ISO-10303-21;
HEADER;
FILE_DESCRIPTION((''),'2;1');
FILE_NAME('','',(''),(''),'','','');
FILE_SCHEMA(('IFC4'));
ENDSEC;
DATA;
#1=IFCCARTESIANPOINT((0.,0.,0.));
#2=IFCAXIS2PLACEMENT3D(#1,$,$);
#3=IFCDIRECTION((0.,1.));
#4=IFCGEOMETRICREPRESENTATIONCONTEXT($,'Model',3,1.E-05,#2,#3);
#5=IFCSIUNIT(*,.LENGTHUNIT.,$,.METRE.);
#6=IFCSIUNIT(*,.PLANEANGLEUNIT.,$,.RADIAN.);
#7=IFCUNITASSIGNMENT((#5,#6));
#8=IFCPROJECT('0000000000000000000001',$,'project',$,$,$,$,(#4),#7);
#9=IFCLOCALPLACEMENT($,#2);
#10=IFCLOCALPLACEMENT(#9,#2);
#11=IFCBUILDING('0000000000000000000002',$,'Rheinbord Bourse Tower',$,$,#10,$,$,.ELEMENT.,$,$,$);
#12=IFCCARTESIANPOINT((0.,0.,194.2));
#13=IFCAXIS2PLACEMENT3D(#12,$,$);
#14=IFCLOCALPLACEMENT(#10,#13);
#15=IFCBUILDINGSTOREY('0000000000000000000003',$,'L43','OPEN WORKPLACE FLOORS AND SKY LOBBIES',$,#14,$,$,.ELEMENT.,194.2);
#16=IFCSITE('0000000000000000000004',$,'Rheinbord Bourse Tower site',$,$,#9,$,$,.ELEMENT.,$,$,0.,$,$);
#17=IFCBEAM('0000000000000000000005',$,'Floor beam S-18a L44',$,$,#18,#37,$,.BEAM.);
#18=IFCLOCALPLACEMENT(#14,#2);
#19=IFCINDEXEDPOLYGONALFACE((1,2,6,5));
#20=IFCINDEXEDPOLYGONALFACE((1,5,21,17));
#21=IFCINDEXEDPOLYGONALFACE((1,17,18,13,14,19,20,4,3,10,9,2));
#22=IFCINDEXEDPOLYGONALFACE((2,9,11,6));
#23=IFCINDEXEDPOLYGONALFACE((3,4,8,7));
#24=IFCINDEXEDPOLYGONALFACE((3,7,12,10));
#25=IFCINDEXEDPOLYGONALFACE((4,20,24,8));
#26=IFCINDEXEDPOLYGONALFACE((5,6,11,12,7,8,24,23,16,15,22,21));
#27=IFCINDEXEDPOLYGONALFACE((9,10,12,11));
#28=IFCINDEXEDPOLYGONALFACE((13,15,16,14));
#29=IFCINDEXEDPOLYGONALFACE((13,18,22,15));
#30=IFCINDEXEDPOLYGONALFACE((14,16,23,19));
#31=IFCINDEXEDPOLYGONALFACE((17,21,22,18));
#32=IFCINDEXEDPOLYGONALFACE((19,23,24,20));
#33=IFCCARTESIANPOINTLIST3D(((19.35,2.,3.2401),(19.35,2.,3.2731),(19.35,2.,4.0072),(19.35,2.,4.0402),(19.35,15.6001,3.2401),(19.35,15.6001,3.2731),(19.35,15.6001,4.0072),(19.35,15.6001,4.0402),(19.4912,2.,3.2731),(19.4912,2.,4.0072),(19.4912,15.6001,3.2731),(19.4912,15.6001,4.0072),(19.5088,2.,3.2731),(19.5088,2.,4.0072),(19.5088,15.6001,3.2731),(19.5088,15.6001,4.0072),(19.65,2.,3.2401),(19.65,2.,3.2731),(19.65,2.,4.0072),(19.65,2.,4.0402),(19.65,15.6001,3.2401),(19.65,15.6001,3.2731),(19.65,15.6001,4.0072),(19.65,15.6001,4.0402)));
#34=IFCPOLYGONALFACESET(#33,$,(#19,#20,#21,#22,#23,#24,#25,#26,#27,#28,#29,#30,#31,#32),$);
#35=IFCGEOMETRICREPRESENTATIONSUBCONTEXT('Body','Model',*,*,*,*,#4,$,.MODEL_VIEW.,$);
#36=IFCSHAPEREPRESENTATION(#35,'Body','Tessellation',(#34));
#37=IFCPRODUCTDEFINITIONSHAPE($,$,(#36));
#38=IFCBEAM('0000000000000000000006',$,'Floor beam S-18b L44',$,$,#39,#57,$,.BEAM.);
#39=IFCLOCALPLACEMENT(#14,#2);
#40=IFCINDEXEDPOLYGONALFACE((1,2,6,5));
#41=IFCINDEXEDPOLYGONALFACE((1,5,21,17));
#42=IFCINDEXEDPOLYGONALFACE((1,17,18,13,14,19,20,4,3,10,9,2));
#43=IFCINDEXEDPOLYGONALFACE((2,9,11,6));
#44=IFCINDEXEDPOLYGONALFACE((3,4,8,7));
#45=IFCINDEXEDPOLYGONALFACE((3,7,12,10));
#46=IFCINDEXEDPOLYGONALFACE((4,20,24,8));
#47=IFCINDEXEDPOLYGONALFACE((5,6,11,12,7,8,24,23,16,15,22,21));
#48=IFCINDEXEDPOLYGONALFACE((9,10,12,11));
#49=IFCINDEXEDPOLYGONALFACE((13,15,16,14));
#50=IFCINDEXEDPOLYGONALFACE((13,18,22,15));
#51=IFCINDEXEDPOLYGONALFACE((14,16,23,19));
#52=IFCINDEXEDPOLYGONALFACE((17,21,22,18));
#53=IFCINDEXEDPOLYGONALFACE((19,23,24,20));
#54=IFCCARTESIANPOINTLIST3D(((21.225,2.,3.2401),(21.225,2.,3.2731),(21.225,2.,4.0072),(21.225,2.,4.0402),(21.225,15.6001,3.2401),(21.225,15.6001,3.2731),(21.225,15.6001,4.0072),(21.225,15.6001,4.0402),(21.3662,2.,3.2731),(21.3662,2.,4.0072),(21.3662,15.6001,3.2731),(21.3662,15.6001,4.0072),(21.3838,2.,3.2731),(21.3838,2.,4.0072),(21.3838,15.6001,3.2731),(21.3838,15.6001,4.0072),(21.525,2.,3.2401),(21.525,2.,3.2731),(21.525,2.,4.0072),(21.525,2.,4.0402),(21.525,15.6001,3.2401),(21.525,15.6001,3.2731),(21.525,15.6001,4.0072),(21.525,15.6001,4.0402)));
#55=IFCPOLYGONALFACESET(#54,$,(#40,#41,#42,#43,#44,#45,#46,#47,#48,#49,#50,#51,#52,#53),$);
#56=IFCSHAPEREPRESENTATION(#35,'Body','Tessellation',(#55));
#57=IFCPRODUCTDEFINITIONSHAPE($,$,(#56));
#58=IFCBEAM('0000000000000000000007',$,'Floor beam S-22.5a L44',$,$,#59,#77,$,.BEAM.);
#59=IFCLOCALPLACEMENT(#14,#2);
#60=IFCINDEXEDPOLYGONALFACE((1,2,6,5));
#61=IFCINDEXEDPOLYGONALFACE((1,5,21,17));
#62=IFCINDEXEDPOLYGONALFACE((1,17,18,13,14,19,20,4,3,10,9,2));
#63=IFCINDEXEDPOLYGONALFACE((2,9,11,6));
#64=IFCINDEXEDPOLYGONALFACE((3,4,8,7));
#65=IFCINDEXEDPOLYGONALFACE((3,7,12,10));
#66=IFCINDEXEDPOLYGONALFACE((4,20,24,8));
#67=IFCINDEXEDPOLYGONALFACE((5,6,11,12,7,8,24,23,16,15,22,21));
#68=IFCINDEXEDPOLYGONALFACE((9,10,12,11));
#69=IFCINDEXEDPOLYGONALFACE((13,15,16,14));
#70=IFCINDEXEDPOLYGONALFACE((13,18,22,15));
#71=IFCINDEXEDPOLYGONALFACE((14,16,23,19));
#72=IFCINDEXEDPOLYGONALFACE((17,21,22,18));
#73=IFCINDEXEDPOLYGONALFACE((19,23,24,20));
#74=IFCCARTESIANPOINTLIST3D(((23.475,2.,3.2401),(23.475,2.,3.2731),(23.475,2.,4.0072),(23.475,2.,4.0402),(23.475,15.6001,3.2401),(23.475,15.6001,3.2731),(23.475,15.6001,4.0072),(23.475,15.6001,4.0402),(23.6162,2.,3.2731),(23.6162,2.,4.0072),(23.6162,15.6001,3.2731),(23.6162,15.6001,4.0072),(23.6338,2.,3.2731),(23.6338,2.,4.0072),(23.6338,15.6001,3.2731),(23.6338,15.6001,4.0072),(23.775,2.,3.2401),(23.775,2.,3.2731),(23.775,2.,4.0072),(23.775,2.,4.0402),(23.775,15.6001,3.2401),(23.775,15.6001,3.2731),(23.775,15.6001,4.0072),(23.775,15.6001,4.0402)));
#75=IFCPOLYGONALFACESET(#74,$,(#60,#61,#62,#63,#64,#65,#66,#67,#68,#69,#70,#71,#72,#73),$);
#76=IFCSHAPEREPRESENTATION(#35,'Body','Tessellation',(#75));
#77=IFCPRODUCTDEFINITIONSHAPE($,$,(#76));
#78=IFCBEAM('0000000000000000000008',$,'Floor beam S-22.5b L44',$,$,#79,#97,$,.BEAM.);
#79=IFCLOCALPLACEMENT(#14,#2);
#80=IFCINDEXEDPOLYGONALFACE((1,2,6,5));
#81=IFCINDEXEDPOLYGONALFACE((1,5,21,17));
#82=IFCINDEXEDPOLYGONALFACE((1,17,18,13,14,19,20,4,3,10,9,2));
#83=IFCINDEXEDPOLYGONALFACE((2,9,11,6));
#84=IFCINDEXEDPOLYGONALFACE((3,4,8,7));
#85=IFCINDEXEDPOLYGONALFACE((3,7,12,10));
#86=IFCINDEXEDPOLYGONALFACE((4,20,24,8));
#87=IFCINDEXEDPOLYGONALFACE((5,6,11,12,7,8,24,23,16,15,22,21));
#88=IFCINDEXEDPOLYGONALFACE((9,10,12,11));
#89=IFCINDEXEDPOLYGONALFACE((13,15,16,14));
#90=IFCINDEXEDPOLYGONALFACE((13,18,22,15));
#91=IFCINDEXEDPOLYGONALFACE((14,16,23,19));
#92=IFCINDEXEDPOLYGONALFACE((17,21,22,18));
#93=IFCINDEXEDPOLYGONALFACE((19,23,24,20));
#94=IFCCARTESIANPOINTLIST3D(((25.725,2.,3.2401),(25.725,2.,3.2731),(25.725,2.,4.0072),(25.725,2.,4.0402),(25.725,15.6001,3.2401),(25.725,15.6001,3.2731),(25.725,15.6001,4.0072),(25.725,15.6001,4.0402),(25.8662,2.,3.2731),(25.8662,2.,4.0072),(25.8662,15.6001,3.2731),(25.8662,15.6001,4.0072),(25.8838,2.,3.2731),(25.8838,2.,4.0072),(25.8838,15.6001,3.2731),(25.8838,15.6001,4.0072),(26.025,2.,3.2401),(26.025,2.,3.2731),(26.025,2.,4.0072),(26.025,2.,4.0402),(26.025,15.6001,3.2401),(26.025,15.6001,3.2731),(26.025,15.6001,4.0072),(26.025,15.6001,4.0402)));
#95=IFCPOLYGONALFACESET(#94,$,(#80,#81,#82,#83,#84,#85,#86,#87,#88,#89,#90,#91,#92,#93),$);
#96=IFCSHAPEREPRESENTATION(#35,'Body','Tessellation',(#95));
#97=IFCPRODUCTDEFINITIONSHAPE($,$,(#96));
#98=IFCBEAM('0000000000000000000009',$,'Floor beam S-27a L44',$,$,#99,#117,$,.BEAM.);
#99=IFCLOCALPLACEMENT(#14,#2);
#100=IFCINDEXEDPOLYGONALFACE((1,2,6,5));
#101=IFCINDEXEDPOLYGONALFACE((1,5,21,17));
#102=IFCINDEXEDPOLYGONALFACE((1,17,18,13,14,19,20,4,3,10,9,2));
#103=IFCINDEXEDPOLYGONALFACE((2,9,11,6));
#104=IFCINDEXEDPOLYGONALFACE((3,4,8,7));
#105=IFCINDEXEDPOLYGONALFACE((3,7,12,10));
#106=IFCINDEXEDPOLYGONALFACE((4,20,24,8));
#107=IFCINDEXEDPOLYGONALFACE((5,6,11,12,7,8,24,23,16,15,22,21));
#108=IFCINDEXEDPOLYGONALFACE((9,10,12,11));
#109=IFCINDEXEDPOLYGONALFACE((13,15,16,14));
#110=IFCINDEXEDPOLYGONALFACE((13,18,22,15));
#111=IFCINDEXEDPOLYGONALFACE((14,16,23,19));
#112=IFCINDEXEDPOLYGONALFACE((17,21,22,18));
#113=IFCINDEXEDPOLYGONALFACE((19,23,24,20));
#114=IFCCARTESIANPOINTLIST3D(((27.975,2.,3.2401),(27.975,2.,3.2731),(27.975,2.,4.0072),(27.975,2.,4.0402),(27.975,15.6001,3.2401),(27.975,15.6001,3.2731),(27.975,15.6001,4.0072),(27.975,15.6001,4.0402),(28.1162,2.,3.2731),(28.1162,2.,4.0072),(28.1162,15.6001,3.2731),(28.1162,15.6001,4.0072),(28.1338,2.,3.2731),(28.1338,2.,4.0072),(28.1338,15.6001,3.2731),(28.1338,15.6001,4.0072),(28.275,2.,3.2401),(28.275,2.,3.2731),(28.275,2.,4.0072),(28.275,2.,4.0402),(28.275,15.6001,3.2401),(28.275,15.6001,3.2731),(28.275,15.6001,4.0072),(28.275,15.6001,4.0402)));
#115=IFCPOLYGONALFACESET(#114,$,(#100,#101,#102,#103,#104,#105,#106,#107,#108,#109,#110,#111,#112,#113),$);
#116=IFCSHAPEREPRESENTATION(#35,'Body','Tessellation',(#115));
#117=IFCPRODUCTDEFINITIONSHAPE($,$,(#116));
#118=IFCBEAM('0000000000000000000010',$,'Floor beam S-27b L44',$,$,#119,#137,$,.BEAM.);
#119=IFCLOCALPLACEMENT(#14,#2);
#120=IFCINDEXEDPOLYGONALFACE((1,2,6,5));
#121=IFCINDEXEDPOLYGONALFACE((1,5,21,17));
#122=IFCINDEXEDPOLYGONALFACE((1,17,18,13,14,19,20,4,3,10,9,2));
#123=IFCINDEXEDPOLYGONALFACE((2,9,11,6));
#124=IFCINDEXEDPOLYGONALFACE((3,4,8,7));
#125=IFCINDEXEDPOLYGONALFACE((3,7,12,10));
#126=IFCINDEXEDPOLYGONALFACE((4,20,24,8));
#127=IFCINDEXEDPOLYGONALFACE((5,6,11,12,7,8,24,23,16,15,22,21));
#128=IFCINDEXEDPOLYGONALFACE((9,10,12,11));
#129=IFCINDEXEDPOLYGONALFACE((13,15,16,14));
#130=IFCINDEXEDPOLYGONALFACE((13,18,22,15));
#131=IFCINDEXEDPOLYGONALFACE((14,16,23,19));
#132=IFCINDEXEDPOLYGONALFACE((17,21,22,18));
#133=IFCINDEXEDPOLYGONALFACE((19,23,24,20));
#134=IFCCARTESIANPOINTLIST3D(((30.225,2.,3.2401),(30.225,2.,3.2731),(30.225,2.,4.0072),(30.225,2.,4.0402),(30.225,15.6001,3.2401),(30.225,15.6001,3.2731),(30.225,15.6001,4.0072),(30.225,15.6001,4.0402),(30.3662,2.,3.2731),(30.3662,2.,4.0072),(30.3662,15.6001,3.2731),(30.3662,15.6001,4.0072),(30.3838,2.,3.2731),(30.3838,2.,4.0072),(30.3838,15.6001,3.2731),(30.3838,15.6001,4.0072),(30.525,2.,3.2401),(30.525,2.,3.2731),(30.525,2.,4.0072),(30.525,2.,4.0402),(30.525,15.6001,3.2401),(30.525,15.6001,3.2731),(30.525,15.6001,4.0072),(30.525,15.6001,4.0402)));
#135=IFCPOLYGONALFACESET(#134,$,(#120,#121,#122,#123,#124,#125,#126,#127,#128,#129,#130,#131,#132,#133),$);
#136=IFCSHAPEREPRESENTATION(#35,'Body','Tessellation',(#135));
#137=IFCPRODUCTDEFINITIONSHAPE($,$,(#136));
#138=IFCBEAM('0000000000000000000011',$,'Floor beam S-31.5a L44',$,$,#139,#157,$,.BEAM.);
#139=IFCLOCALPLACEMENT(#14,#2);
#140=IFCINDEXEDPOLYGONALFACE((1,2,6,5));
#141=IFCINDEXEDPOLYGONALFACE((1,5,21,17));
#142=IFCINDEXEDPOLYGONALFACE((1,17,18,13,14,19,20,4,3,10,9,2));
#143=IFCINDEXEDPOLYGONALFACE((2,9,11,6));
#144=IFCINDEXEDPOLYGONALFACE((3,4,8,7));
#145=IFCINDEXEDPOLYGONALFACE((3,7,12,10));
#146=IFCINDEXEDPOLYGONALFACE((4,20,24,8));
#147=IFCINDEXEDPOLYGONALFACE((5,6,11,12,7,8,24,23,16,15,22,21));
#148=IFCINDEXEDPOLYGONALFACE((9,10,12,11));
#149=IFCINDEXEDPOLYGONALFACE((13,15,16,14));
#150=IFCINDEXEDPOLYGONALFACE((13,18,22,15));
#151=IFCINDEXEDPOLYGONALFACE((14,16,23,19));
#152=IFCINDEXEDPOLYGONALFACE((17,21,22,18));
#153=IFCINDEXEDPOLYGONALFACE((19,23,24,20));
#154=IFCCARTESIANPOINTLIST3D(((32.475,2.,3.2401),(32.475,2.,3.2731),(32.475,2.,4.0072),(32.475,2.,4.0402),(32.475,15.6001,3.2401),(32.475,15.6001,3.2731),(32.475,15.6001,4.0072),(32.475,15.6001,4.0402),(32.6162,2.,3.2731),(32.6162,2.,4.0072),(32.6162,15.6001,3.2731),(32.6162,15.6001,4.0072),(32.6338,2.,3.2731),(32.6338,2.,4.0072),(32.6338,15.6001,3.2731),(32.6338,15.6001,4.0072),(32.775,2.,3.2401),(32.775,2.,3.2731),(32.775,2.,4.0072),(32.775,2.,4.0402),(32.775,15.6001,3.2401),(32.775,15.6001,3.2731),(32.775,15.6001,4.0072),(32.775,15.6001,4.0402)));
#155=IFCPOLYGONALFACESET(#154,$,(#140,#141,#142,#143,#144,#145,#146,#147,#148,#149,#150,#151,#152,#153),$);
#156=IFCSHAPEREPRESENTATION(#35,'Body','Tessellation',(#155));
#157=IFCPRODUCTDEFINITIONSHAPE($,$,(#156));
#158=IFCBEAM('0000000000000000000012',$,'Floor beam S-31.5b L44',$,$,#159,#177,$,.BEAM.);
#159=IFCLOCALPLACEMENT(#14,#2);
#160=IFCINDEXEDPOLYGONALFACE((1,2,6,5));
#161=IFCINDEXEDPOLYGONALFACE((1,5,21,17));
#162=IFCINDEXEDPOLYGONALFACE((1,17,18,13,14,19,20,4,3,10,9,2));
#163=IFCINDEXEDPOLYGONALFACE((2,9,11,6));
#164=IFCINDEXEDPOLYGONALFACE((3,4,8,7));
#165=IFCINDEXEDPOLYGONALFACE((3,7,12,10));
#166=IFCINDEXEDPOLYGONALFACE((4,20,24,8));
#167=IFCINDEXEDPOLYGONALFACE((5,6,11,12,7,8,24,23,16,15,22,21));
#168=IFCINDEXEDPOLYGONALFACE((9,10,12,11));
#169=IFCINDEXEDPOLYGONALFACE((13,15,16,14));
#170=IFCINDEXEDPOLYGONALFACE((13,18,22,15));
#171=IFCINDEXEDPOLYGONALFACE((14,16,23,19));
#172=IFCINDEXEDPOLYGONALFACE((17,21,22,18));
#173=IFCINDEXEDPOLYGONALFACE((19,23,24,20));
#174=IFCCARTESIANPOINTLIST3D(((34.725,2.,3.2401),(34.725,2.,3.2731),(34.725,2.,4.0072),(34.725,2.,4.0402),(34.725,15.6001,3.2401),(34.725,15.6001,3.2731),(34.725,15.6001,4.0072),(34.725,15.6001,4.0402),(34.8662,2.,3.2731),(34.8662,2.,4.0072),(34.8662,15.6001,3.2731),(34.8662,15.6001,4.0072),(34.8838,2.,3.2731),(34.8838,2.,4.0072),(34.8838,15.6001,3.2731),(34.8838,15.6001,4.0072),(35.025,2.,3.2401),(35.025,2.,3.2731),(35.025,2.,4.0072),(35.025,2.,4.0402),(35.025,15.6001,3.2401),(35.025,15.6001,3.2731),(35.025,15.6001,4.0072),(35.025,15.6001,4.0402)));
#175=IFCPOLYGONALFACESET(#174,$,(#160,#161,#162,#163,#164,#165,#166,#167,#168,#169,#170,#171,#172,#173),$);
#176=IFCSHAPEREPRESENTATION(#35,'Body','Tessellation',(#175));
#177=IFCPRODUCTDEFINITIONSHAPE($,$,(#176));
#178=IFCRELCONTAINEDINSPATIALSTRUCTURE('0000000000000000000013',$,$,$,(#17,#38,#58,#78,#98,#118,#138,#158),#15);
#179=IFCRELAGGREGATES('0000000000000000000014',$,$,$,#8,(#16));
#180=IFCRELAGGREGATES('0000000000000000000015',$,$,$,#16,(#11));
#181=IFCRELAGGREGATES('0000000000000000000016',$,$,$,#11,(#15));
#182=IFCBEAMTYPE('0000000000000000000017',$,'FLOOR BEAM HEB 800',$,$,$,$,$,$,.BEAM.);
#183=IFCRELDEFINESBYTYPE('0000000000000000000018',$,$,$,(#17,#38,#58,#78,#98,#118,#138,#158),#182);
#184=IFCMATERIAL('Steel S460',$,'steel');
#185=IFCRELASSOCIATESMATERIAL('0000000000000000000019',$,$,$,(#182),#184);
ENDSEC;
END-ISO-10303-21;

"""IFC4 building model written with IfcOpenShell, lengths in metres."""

from ifc_helpers import new_model, si_unit, direction, frame, origin, origin_2d, place, context, subcontext, project, spatial, i_section, extrude, material, material_profile, profile_set, type_object, element, save


model = new_model("IFC4")

# Units and contexts
model_context = context("Model", 3, precision=1e-05, world=origin(), true_north=direction((0.0, 1.0)))
body_context = subcontext(model_context, "Body", "Model", "MODEL_VIEW")
ifc_project = project(units=[si_unit("LENGTHUNIT", "METRE"), si_unit("PLANEANGLEUNIT", "RADIAN")], contexts=[model_context])

# Site, building, storey
site_placement = place(None, origin())
site = spatial("IfcSite", under=ifc_project, at=site_placement, Name="Rheinbord Bourse Tower site", CompositionType="ELEMENT", RefElevation=0.0)
building_placement = place(site_placement, origin())
building = spatial("IfcBuilding", under=site, at=building_placement, Name="Rheinbord Bourse Tower", CompositionType="ELEMENT")
storey_placement = place(building_placement, frame((0.0, 0.0, 194.2)))
storey = spatial("IfcBuildingStorey", under=building, at=storey_placement, Name="L43", Description="OPEN WORKPLACE FLOORS AND SKY LOBBIES", CompositionType="ELEMENT", Elevation=194.2)

# Beams
ifc_material_1 = material(Name="Steel S460", Category="steel")
ifc_material_profile_1 = material_profile(ifc_material_1, i_section(OverallWidth=0.3, OverallDepth=0.8, WebThickness=0.0176, FlangeThickness=0.033, at=origin_2d()), Name="HEB 800")
ifc_profile_set_1 = profile_set([ifc_material_profile_1], Name="Steel S460")
beam_type_1 = type_object("IfcBeamType", Name="FLOOR BEAM HEB 800", PredefinedType="BEAM", material=ifc_profile_set_1)
for number, where, z_axis, x_axis, name in (
    (1, (19.5, 2.0, 3.6401), (0.0, 1.0, 0.0), (-1.0, 0.0, 0.0), "Floor beam S-18a L44"),
    (2, (21.375, 2.0, 3.6401), (0.0, 1.0, 0.0), (-1.0, 0.0, 0.0), "Floor beam S-18b L44"),
    (3, (23.625, 2.0, 3.6401), (0.0, 1.0, 0.0), (-1.0, 0.0, 0.0), "Floor beam S-22.5a L44"),
    (4, (25.875, 2.0, 3.6401), (0.0, 1.0, 0.0), (-1.0, 0.0, 0.0), "Floor beam S-22.5b L44"),
    (5, (28.125, 2.0, 3.6401), (0.0, 1.0, 0.0), (-1.0, 0.0, 0.0), "Floor beam S-27a L44"),
    (6, (30.375, 2.0, 3.6401), (0.0, 1.0, 0.0), (-1.0, 0.0, 0.0), "Floor beam S-27b L44"),
    (7, (32.625, 2.0, 3.6401), (0.0, 1.0, 0.0), (-1.0, 0.0, 0.0), "Floor beam S-31.5a L44"),
    (8, (34.875, 2.0, 3.6401), (0.0, 1.0, 0.0), (-1.0, 0.0, 0.0), "Floor beam S-31.5b L44"),
):
    element("IfcBeam", number, at=place(storey_placement, frame(where, z_axis=z_axis, x_axis=x_axis)), inside=storey, type_object=beam_type_1, Name=name, PredefinedType="BEAM", context=body_context, shape_type="SweptSolid", body=[
        extrude(i_section(OverallWidth=0.3, OverallDepth=0.8, WebThickness=0.0176, FlangeThickness=0.033, at=origin_2d()), origin(), (0.0, 0.0, 1.0), 13.6001),
    ])

save(model, "model.ifc")
